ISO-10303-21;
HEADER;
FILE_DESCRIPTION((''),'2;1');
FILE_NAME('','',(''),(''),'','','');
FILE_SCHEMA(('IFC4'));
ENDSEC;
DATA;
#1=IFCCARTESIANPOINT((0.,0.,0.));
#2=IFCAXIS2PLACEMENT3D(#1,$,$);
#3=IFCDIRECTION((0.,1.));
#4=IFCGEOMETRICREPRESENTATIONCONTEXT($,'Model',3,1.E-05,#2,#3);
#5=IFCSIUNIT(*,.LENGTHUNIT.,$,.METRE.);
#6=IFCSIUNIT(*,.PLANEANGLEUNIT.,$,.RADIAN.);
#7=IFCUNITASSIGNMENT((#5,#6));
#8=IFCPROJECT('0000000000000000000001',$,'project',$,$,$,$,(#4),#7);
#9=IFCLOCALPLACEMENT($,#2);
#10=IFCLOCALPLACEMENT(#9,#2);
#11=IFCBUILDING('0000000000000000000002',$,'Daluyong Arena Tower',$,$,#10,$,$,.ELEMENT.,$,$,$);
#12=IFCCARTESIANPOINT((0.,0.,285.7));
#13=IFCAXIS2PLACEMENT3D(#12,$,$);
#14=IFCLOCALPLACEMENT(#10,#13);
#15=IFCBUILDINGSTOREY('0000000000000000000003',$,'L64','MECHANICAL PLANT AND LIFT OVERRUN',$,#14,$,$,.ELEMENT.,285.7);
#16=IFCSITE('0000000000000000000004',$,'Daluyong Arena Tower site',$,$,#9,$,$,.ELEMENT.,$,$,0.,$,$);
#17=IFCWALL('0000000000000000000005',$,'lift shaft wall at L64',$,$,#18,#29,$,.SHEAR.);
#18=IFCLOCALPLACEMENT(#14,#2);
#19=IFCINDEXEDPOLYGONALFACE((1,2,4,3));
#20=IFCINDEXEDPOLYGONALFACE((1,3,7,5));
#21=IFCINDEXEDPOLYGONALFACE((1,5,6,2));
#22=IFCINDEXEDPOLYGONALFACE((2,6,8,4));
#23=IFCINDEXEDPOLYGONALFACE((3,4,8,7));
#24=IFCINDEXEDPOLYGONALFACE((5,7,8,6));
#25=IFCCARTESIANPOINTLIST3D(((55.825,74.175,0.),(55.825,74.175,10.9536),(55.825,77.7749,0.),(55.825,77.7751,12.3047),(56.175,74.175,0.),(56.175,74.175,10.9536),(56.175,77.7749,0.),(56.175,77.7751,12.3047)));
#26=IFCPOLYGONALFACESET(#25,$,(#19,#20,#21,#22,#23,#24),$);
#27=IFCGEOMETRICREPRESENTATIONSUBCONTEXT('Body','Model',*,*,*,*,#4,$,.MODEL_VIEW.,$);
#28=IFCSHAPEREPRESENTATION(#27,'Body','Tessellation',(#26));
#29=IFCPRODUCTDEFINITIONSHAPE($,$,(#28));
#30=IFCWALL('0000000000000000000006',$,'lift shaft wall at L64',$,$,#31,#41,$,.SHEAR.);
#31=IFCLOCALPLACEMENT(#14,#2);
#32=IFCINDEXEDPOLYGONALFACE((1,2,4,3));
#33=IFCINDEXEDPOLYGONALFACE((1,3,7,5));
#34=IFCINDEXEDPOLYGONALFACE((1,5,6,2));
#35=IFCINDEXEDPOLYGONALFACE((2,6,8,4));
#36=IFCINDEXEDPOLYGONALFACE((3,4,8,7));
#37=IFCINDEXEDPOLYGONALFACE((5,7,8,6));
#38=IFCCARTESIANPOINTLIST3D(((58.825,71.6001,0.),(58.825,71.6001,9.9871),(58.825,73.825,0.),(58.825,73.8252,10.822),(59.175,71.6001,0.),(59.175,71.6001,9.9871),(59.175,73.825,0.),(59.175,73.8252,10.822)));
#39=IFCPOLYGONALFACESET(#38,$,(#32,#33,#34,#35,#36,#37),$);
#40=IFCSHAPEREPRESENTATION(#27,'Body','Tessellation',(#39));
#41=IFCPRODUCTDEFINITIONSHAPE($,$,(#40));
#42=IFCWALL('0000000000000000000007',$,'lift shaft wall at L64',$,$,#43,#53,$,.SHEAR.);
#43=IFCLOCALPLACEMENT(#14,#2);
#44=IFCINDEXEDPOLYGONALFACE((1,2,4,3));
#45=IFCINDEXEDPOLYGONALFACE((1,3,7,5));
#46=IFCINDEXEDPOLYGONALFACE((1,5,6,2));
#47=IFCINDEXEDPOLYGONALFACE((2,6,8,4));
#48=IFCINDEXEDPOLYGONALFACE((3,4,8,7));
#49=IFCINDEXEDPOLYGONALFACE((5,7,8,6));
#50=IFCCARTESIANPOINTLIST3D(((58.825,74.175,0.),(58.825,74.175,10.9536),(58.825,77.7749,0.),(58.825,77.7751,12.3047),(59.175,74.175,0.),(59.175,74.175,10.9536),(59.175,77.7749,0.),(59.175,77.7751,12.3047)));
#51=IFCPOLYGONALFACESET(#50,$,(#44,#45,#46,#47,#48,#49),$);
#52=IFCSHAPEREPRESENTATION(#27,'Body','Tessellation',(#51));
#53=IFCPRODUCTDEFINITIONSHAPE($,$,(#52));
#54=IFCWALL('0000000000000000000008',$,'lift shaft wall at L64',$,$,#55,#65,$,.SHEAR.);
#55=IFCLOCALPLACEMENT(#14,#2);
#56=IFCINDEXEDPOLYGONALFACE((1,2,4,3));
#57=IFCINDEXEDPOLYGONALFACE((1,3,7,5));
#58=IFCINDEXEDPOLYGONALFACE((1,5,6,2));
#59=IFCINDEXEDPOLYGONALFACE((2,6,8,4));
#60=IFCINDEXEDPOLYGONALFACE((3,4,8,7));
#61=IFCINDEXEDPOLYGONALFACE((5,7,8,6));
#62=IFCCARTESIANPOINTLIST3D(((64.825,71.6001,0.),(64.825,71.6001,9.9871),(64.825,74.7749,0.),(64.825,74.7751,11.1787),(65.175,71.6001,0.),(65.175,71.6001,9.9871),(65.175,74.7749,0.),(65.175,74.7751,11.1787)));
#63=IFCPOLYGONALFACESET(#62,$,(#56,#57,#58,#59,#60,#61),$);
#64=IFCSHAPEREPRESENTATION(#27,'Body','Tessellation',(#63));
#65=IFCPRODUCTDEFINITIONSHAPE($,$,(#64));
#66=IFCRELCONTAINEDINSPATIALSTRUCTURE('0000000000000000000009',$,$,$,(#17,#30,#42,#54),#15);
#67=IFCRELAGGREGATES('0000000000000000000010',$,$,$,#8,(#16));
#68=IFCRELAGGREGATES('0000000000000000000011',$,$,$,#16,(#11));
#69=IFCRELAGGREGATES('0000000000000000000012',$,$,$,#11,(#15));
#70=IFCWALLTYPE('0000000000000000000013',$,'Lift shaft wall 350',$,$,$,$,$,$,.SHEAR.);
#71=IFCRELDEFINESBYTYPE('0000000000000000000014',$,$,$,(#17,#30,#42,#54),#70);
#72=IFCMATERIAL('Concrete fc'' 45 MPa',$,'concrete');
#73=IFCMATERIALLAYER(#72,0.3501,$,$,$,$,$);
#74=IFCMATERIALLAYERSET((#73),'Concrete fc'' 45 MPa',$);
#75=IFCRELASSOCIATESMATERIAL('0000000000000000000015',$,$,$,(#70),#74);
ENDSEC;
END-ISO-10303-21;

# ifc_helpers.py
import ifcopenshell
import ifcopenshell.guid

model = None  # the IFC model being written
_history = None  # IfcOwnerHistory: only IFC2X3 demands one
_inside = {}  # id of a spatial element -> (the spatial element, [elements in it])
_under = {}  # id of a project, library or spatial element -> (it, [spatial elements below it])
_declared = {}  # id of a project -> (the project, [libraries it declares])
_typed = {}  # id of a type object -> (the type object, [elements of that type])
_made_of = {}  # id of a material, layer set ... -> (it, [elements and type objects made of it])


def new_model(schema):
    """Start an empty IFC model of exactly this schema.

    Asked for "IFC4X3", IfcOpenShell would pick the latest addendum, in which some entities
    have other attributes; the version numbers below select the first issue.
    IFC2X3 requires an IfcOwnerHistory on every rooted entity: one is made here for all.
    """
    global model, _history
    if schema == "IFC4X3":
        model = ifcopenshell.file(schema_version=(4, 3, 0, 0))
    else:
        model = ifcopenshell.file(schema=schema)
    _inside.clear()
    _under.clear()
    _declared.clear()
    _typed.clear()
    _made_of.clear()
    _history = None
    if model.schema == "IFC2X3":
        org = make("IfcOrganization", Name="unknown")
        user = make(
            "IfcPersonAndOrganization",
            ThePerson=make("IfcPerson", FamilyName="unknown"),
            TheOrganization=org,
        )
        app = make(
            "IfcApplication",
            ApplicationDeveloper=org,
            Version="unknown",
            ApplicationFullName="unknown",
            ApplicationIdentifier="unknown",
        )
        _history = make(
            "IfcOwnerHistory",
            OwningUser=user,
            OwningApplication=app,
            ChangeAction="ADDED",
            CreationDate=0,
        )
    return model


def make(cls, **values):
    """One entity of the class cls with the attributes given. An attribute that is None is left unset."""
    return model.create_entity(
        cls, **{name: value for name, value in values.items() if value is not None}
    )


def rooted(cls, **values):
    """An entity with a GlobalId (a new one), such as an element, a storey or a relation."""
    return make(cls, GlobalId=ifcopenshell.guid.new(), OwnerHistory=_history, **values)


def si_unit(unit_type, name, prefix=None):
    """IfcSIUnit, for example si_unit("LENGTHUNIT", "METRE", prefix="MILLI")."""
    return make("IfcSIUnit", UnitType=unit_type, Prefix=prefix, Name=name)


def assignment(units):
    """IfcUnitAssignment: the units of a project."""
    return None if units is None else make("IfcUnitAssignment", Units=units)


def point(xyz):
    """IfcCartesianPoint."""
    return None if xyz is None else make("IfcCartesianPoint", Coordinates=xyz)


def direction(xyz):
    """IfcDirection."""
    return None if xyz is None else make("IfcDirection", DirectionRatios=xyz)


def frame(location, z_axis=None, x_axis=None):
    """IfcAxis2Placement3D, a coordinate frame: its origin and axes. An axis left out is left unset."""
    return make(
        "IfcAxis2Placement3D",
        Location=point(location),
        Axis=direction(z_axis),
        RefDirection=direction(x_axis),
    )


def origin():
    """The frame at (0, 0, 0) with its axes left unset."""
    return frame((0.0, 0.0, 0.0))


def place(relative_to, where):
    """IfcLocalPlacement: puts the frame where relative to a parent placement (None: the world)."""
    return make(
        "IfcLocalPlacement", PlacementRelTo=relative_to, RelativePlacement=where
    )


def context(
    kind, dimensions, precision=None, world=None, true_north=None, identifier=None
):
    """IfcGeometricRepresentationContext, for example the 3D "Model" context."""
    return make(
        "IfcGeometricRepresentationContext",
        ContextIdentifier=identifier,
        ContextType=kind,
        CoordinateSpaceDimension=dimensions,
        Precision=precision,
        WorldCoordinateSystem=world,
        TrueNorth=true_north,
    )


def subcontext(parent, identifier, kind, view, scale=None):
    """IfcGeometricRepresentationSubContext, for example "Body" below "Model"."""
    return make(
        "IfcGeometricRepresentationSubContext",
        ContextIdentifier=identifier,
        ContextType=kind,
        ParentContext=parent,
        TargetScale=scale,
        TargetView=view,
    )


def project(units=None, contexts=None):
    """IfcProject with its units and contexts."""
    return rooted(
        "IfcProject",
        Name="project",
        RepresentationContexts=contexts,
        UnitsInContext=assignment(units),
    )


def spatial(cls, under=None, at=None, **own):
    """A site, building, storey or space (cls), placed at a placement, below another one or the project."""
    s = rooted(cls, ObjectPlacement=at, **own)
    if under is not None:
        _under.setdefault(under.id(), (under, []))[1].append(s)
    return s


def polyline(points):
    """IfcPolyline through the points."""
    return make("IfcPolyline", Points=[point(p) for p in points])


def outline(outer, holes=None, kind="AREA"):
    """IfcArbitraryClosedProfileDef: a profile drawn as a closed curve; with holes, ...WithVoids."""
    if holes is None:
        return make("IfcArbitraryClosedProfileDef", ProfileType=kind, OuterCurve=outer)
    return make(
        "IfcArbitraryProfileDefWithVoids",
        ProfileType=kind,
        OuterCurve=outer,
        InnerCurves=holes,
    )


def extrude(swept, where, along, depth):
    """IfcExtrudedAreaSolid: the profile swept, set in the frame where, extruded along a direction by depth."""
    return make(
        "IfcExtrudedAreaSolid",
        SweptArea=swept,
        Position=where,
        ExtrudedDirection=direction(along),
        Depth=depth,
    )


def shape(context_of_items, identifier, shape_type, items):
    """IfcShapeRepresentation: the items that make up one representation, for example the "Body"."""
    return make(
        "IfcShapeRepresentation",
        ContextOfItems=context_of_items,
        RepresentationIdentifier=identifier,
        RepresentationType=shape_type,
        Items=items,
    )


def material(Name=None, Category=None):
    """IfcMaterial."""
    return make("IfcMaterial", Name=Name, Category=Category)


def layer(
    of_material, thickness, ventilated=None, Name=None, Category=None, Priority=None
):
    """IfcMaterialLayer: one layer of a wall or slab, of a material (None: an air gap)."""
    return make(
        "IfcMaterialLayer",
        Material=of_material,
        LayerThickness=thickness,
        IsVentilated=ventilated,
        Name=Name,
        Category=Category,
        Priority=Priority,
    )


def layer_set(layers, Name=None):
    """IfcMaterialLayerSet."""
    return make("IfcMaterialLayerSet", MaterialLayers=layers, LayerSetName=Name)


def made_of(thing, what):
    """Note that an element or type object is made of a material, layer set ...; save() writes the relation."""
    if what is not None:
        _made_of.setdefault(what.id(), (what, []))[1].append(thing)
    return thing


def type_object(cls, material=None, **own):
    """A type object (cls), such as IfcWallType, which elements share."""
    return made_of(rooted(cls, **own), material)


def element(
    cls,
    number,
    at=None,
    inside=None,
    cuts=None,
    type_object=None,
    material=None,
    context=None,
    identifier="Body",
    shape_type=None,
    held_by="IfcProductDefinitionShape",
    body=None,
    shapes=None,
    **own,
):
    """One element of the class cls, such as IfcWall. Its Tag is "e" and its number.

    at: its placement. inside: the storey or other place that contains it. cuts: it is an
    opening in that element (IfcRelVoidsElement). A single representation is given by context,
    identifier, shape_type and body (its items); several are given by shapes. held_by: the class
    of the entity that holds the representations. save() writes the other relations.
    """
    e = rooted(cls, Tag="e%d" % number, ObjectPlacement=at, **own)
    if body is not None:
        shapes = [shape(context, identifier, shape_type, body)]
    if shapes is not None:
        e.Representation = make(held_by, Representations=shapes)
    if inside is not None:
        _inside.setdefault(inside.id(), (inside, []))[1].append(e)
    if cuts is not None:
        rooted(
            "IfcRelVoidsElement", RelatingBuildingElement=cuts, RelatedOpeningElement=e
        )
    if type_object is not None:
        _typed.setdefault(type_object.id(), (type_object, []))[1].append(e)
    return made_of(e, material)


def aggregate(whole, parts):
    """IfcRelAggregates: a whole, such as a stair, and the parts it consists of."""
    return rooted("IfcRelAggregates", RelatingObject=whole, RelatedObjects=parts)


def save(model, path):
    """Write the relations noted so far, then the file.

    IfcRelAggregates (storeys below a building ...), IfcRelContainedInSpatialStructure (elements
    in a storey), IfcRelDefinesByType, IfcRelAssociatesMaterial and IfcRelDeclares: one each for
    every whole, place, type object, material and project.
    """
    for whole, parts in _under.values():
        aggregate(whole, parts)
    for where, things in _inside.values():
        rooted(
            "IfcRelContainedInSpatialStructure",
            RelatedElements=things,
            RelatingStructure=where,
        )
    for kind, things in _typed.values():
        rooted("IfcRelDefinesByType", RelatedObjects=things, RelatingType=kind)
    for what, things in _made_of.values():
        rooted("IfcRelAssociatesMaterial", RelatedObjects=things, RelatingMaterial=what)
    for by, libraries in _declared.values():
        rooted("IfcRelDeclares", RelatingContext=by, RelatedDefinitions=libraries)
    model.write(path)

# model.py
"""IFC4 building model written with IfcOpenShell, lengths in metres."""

from ifc_helpers import new_model, si_unit, direction, frame, origin, place, context, subcontext, project, spatial, polyline, outline, extrude, material, layer, layer_set, type_object, element, save


model = new_model("IFC4")

# Units and contexts
model_context = context("Model", 3, precision=1e-05, world=origin(), true_north=direction((0.0, 1.0)))
body_context = subcontext(model_context, "Body", "Model", "MODEL_VIEW")
ifc_project = project(units=[si_unit("LENGTHUNIT", "METRE"), si_unit("PLANEANGLEUNIT", "RADIAN")], contexts=[model_context])

# Site, building, storey
site_placement = place(None, origin())
site = spatial("IfcSite", under=ifc_project, at=site_placement, Name="Daluyong Arena Tower site", CompositionType="ELEMENT", RefElevation=0.0)
building_placement = place(site_placement, origin())
building = spatial("IfcBuilding", under=site, at=building_placement, Name="Daluyong Arena Tower", CompositionType="ELEMENT")
storey_placement = place(building_placement, frame((0.0, 0.0, 285.7)))
storey = spatial("IfcBuildingStorey", under=building, at=storey_placement, Name="L64", Description="MECHANICAL PLANT AND LIFT OVERRUN", CompositionType="ELEMENT", Elevation=285.7)

# Walls
ifc_material_1 = material(Name="Concrete fc' 45 MPa", Category="concrete")
ifc_layer_1 = layer(ifc_material_1, 0.3501)
ifc_layer_set_1 = layer_set([ifc_layer_1], Name="Concrete fc' 45 MPa")
wall_type_1 = type_object("IfcWallType", Name="Lift shaft wall 350", PredefinedType="SHEAR", material=ifc_layer_set_1)
wall_1_placement = place(storey_placement, frame((56.0, 74.175, 0.0), z_axis=(0.0, 0.0, 1.0), x_axis=(0.0, 1.0, 0.0)))
element("IfcWall", 1, at=wall_1_placement, inside=storey, type_object=wall_type_1, Name="lift shaft wall at L64", PredefinedType="SHEAR", context=body_context, shape_type="SweptSolid", body=[
    extrude(outline(polyline([(0.0, 0.0), (3.5999, 0.0), (3.6001, 12.3047), (0.0, 10.9536), (0.0, 0.0)])), frame((0.0, 0.175, 0.0), z_axis=(0.0, -1.0, 0.0), x_axis=(1.0, 0.0, 0.0)), (0.0, 0.0, 1.0), 0.3501),
])
wall_2_placement = place(storey_placement, frame((59.0, 71.6001, 0.0), z_axis=(0.0, 0.0, 1.0), x_axis=(0.0, 1.0, 0.0)))
element("IfcWall", 2, at=wall_2_placement, inside=storey, type_object=wall_type_1, Name="lift shaft wall at L64", PredefinedType="SHEAR", context=body_context, shape_type="SweptSolid", body=[
    extrude(outline(polyline([(0.0, 0.0), (2.2249, 0.0), (2.2251, 10.822), (0.0, 9.9871), (0.0, 0.0)])), frame((0.0, 0.175, 0.0), z_axis=(0.0, -1.0, 0.0), x_axis=(1.0, 0.0, 0.0)), (0.0, 0.0, 1.0), 0.3501),
])
wall_3_placement = place(storey_placement, frame((59.0, 74.175, 0.0), z_axis=(0.0, 0.0, 1.0), x_axis=(0.0, 1.0, 0.0)))
element("IfcWall", 3, at=wall_3_placement, inside=storey, type_object=wall_type_1, Name="lift shaft wall at L64", PredefinedType="SHEAR", context=body_context, shape_type="SweptSolid", body=[
    extrude(outline(polyline([(0.0, 0.0), (3.5999, 0.0), (3.6001, 12.3047), (0.0, 10.9536), (0.0, 0.0)])), frame((0.0, 0.175, 0.0), z_axis=(0.0, -1.0, 0.0), x_axis=(1.0, 0.0, 0.0)), (0.0, 0.0, 1.0), 0.3501),
])
wall_4_placement = place(storey_placement, frame((65.0, 71.6001, 0.0), z_axis=(0.0, 0.0, 1.0), x_axis=(0.0, 1.0, 0.0)))
element("IfcWall", 4, at=wall_4_placement, inside=storey, type_object=wall_type_1, Name="lift shaft wall at L64", PredefinedType="SHEAR", context=body_context, shape_type="SweptSolid", body=[
    extrude(outline(polyline([(0.0, 0.0), (3.1748, 0.0), (3.175, 11.1787), (0.0, 9.9871), (0.0, 0.0)])), frame((0.0, 0.175, 0.0), z_axis=(0.0, -1.0, 0.0), x_axis=(1.0, 0.0, 0.0)), (0.0, 0.0, 1.0), 0.3501),
])

save(model, "model.ifc")
